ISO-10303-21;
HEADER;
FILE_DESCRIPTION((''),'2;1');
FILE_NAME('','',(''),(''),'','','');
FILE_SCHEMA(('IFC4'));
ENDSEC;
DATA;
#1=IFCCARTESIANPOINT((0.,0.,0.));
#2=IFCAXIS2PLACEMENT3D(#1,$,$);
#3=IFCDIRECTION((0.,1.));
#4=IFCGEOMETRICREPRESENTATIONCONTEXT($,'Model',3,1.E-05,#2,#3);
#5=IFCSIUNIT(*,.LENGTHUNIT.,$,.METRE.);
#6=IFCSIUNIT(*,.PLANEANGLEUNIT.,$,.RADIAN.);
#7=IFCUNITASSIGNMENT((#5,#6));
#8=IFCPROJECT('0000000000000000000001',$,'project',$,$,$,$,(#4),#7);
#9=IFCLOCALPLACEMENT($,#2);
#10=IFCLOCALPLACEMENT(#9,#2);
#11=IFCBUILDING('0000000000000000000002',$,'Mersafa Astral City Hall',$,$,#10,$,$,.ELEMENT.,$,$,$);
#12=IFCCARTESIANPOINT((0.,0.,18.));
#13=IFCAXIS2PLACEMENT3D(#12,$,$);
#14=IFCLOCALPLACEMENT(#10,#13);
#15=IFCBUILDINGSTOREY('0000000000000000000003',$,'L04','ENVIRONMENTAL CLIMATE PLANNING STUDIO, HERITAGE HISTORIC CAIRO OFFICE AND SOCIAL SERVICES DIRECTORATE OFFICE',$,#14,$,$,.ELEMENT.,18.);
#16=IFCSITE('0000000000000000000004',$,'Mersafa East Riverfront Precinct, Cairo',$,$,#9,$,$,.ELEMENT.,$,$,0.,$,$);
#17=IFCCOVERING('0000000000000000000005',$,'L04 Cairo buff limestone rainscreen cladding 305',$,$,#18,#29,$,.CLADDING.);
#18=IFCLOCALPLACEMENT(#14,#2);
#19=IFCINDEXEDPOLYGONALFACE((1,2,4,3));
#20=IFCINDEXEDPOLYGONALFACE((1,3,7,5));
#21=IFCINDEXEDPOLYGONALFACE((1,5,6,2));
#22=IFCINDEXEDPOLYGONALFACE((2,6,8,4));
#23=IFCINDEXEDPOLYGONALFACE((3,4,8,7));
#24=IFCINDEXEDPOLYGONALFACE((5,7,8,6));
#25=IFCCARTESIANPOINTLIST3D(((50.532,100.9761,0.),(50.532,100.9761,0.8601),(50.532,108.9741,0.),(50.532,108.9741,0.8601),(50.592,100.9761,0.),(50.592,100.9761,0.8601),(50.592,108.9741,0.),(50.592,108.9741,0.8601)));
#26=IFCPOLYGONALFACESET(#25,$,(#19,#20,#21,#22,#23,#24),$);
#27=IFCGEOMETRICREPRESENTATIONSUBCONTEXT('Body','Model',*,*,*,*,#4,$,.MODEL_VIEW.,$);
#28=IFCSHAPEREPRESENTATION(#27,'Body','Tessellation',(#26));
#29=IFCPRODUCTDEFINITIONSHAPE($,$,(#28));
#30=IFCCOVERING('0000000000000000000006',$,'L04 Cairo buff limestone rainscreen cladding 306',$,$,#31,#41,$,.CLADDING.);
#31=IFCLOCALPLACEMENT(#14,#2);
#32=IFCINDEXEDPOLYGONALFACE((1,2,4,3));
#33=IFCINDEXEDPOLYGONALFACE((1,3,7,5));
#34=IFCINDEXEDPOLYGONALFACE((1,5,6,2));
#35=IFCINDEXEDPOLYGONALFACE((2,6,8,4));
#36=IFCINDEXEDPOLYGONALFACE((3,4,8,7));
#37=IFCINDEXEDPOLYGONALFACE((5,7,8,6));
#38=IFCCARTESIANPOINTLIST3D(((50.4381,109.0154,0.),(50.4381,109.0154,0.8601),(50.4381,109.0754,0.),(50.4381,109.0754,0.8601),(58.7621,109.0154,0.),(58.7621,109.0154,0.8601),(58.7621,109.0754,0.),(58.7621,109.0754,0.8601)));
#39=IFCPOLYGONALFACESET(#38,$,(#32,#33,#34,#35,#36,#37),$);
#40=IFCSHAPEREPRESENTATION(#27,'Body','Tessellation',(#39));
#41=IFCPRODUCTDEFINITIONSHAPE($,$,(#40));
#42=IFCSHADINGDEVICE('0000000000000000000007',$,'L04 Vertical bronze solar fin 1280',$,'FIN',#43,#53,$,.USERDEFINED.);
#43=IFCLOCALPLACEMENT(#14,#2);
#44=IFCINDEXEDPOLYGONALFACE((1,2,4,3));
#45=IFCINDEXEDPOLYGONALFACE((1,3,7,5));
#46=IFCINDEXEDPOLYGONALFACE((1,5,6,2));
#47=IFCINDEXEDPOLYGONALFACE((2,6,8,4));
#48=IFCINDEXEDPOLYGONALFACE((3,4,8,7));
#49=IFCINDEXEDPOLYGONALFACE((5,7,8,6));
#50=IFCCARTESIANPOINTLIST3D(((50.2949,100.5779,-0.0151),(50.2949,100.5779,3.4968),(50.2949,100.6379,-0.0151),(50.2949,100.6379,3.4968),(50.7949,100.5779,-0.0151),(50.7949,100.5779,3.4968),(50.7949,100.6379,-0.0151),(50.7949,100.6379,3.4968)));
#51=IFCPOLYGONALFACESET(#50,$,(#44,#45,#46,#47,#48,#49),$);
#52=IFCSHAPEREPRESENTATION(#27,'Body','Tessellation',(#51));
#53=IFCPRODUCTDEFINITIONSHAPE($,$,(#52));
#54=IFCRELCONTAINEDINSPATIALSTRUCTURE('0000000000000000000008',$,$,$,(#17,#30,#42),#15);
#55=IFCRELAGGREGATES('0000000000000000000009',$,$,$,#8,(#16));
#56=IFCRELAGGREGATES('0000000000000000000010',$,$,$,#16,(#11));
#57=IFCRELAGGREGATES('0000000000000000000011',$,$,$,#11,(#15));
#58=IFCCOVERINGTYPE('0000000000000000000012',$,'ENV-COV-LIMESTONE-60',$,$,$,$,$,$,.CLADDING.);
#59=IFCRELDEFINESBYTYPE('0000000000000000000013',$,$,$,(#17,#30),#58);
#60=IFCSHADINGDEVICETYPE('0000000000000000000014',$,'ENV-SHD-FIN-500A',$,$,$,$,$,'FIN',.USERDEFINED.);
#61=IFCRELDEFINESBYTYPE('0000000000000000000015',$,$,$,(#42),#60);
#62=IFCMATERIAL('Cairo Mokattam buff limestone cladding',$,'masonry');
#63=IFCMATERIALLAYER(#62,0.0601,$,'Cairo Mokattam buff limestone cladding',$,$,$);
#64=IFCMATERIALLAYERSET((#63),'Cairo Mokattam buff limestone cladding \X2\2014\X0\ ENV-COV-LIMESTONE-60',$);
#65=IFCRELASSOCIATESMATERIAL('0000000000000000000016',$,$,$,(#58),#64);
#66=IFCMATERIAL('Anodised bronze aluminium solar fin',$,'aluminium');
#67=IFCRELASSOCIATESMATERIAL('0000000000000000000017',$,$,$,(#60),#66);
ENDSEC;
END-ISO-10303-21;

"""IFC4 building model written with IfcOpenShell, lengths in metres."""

from ifc_helpers import new_model, si_unit, direction, frame, origin, origin_2d, place, context, subcontext, project, spatial, rectangle, extrude, material, layer, layer_set, type_object, element, save


model = new_model("IFC4")

# Units and contexts
model_context = context("Model", 3, precision=1e-05, world=origin(), true_north=direction((0.0, 1.0)))
body_context = subcontext(model_context, "Body", "Model", "MODEL_VIEW")
ifc_project = project(units=[si_unit("LENGTHUNIT", "METRE"), si_unit("PLANEANGLEUNIT", "RADIAN")], contexts=[model_context])

# Site, building, storey
site_placement = place(None, origin())
site = spatial("IfcSite", under=ifc_project, at=site_placement, Name="Mersafa East Riverfront Precinct, Cairo", CompositionType="ELEMENT", RefElevation=0.0)
building_placement = place(site_placement, origin())
building = spatial("IfcBuilding", under=site, at=building_placement, Name="Mersafa Astral City Hall", CompositionType="ELEMENT")
storey_placement = place(building_placement, frame((0.0, 0.0, 18.0)))
storey = spatial("IfcBuildingStorey", under=building, at=storey_placement, Name="L04", Description="ENVIRONMENTAL CLIMATE PLANNING STUDIO, HERITAGE HISTORIC CAIRO OFFICE AND SOCIAL SERVICES DIRECTORATE OFFICE", CompositionType="ELEMENT", Elevation=18.0)

# Coverings
ifc_material_1 = material(Name="Cairo Mokattam buff limestone cladding", Category="masonry")
ifc_layer_1 = layer(ifc_material_1, 0.0601, Name="Cairo Mokattam buff limestone cladding")
ifc_layer_set_1 = layer_set([ifc_layer_1], Name="Cairo Mokattam buff limestone cladding — ENV-COV-LIMESTONE-60")
covering_type = type_object("IfcCoveringType", Name="ENV-COV-LIMESTONE-60", PredefinedType="CLADDING", material=ifc_layer_set_1)
covering_1_placement = place(storey_placement, frame((50.562, 104.9751, 0.0), z_axis=(0.0, 0.0, 1.0), x_axis=(0.0, 1.0, 0.0)))
element("IfcCovering", 1, at=covering_1_placement, inside=storey, type_object=covering_type, Name="L04 Cairo buff limestone rainscreen cladding 305", PredefinedType="CLADDING", context=body_context, shape_type="SweptSolid", body=[
    extrude(rectangle(XDim=7.998, YDim=0.0601, at=origin_2d()), origin(), (0.0, 0.0, 1.0), 0.8601),
])
covering_2_placement = place(storey_placement, frame((54.6001, 109.0454, 0.0), z_axis=(0.0, 0.0, 1.0), x_axis=(1.0, 0.0, 0.0)))
element("IfcCovering", 2, at=covering_2_placement, inside=storey, type_object=covering_type, Name="L04 Cairo buff limestone rainscreen cladding 306", PredefinedType="CLADDING", context=body_context, shape_type="SweptSolid", body=[
    extrude(rectangle(XDim=8.324, YDim=0.0601, at=origin_2d()), origin(), (0.0, 0.0, 1.0), 0.8601),
])

# Shading device
ifc_material_2 = material(Name="Anodised bronze aluminium solar fin", Category="aluminium")
shading_device_type = type_object("IfcShadingDeviceType", Name="ENV-SHD-FIN-500A", ElementType="FIN", PredefinedType="USERDEFINED", material=ifc_material_2)
shading_device_placement = place(storey_placement, frame((50.5449, 100.6079, -0.0151), z_axis=(0.0, 0.0, 1.0), x_axis=(0.0, 1.0, 0.0)))
element("IfcShadingDevice", 3, at=shading_device_placement, inside=storey, type_object=shading_device_type, Name="L04 Vertical bronze solar fin 1280", ObjectType="FIN", PredefinedType="USERDEFINED", context=body_context, shape_type="SweptSolid", body=[
    extrude(rectangle(XDim=0.0601, YDim=0.5, at=origin_2d()), origin(), (0.0, 0.0, 1.0), 3.512),
])

save(model, "model.ifc")
